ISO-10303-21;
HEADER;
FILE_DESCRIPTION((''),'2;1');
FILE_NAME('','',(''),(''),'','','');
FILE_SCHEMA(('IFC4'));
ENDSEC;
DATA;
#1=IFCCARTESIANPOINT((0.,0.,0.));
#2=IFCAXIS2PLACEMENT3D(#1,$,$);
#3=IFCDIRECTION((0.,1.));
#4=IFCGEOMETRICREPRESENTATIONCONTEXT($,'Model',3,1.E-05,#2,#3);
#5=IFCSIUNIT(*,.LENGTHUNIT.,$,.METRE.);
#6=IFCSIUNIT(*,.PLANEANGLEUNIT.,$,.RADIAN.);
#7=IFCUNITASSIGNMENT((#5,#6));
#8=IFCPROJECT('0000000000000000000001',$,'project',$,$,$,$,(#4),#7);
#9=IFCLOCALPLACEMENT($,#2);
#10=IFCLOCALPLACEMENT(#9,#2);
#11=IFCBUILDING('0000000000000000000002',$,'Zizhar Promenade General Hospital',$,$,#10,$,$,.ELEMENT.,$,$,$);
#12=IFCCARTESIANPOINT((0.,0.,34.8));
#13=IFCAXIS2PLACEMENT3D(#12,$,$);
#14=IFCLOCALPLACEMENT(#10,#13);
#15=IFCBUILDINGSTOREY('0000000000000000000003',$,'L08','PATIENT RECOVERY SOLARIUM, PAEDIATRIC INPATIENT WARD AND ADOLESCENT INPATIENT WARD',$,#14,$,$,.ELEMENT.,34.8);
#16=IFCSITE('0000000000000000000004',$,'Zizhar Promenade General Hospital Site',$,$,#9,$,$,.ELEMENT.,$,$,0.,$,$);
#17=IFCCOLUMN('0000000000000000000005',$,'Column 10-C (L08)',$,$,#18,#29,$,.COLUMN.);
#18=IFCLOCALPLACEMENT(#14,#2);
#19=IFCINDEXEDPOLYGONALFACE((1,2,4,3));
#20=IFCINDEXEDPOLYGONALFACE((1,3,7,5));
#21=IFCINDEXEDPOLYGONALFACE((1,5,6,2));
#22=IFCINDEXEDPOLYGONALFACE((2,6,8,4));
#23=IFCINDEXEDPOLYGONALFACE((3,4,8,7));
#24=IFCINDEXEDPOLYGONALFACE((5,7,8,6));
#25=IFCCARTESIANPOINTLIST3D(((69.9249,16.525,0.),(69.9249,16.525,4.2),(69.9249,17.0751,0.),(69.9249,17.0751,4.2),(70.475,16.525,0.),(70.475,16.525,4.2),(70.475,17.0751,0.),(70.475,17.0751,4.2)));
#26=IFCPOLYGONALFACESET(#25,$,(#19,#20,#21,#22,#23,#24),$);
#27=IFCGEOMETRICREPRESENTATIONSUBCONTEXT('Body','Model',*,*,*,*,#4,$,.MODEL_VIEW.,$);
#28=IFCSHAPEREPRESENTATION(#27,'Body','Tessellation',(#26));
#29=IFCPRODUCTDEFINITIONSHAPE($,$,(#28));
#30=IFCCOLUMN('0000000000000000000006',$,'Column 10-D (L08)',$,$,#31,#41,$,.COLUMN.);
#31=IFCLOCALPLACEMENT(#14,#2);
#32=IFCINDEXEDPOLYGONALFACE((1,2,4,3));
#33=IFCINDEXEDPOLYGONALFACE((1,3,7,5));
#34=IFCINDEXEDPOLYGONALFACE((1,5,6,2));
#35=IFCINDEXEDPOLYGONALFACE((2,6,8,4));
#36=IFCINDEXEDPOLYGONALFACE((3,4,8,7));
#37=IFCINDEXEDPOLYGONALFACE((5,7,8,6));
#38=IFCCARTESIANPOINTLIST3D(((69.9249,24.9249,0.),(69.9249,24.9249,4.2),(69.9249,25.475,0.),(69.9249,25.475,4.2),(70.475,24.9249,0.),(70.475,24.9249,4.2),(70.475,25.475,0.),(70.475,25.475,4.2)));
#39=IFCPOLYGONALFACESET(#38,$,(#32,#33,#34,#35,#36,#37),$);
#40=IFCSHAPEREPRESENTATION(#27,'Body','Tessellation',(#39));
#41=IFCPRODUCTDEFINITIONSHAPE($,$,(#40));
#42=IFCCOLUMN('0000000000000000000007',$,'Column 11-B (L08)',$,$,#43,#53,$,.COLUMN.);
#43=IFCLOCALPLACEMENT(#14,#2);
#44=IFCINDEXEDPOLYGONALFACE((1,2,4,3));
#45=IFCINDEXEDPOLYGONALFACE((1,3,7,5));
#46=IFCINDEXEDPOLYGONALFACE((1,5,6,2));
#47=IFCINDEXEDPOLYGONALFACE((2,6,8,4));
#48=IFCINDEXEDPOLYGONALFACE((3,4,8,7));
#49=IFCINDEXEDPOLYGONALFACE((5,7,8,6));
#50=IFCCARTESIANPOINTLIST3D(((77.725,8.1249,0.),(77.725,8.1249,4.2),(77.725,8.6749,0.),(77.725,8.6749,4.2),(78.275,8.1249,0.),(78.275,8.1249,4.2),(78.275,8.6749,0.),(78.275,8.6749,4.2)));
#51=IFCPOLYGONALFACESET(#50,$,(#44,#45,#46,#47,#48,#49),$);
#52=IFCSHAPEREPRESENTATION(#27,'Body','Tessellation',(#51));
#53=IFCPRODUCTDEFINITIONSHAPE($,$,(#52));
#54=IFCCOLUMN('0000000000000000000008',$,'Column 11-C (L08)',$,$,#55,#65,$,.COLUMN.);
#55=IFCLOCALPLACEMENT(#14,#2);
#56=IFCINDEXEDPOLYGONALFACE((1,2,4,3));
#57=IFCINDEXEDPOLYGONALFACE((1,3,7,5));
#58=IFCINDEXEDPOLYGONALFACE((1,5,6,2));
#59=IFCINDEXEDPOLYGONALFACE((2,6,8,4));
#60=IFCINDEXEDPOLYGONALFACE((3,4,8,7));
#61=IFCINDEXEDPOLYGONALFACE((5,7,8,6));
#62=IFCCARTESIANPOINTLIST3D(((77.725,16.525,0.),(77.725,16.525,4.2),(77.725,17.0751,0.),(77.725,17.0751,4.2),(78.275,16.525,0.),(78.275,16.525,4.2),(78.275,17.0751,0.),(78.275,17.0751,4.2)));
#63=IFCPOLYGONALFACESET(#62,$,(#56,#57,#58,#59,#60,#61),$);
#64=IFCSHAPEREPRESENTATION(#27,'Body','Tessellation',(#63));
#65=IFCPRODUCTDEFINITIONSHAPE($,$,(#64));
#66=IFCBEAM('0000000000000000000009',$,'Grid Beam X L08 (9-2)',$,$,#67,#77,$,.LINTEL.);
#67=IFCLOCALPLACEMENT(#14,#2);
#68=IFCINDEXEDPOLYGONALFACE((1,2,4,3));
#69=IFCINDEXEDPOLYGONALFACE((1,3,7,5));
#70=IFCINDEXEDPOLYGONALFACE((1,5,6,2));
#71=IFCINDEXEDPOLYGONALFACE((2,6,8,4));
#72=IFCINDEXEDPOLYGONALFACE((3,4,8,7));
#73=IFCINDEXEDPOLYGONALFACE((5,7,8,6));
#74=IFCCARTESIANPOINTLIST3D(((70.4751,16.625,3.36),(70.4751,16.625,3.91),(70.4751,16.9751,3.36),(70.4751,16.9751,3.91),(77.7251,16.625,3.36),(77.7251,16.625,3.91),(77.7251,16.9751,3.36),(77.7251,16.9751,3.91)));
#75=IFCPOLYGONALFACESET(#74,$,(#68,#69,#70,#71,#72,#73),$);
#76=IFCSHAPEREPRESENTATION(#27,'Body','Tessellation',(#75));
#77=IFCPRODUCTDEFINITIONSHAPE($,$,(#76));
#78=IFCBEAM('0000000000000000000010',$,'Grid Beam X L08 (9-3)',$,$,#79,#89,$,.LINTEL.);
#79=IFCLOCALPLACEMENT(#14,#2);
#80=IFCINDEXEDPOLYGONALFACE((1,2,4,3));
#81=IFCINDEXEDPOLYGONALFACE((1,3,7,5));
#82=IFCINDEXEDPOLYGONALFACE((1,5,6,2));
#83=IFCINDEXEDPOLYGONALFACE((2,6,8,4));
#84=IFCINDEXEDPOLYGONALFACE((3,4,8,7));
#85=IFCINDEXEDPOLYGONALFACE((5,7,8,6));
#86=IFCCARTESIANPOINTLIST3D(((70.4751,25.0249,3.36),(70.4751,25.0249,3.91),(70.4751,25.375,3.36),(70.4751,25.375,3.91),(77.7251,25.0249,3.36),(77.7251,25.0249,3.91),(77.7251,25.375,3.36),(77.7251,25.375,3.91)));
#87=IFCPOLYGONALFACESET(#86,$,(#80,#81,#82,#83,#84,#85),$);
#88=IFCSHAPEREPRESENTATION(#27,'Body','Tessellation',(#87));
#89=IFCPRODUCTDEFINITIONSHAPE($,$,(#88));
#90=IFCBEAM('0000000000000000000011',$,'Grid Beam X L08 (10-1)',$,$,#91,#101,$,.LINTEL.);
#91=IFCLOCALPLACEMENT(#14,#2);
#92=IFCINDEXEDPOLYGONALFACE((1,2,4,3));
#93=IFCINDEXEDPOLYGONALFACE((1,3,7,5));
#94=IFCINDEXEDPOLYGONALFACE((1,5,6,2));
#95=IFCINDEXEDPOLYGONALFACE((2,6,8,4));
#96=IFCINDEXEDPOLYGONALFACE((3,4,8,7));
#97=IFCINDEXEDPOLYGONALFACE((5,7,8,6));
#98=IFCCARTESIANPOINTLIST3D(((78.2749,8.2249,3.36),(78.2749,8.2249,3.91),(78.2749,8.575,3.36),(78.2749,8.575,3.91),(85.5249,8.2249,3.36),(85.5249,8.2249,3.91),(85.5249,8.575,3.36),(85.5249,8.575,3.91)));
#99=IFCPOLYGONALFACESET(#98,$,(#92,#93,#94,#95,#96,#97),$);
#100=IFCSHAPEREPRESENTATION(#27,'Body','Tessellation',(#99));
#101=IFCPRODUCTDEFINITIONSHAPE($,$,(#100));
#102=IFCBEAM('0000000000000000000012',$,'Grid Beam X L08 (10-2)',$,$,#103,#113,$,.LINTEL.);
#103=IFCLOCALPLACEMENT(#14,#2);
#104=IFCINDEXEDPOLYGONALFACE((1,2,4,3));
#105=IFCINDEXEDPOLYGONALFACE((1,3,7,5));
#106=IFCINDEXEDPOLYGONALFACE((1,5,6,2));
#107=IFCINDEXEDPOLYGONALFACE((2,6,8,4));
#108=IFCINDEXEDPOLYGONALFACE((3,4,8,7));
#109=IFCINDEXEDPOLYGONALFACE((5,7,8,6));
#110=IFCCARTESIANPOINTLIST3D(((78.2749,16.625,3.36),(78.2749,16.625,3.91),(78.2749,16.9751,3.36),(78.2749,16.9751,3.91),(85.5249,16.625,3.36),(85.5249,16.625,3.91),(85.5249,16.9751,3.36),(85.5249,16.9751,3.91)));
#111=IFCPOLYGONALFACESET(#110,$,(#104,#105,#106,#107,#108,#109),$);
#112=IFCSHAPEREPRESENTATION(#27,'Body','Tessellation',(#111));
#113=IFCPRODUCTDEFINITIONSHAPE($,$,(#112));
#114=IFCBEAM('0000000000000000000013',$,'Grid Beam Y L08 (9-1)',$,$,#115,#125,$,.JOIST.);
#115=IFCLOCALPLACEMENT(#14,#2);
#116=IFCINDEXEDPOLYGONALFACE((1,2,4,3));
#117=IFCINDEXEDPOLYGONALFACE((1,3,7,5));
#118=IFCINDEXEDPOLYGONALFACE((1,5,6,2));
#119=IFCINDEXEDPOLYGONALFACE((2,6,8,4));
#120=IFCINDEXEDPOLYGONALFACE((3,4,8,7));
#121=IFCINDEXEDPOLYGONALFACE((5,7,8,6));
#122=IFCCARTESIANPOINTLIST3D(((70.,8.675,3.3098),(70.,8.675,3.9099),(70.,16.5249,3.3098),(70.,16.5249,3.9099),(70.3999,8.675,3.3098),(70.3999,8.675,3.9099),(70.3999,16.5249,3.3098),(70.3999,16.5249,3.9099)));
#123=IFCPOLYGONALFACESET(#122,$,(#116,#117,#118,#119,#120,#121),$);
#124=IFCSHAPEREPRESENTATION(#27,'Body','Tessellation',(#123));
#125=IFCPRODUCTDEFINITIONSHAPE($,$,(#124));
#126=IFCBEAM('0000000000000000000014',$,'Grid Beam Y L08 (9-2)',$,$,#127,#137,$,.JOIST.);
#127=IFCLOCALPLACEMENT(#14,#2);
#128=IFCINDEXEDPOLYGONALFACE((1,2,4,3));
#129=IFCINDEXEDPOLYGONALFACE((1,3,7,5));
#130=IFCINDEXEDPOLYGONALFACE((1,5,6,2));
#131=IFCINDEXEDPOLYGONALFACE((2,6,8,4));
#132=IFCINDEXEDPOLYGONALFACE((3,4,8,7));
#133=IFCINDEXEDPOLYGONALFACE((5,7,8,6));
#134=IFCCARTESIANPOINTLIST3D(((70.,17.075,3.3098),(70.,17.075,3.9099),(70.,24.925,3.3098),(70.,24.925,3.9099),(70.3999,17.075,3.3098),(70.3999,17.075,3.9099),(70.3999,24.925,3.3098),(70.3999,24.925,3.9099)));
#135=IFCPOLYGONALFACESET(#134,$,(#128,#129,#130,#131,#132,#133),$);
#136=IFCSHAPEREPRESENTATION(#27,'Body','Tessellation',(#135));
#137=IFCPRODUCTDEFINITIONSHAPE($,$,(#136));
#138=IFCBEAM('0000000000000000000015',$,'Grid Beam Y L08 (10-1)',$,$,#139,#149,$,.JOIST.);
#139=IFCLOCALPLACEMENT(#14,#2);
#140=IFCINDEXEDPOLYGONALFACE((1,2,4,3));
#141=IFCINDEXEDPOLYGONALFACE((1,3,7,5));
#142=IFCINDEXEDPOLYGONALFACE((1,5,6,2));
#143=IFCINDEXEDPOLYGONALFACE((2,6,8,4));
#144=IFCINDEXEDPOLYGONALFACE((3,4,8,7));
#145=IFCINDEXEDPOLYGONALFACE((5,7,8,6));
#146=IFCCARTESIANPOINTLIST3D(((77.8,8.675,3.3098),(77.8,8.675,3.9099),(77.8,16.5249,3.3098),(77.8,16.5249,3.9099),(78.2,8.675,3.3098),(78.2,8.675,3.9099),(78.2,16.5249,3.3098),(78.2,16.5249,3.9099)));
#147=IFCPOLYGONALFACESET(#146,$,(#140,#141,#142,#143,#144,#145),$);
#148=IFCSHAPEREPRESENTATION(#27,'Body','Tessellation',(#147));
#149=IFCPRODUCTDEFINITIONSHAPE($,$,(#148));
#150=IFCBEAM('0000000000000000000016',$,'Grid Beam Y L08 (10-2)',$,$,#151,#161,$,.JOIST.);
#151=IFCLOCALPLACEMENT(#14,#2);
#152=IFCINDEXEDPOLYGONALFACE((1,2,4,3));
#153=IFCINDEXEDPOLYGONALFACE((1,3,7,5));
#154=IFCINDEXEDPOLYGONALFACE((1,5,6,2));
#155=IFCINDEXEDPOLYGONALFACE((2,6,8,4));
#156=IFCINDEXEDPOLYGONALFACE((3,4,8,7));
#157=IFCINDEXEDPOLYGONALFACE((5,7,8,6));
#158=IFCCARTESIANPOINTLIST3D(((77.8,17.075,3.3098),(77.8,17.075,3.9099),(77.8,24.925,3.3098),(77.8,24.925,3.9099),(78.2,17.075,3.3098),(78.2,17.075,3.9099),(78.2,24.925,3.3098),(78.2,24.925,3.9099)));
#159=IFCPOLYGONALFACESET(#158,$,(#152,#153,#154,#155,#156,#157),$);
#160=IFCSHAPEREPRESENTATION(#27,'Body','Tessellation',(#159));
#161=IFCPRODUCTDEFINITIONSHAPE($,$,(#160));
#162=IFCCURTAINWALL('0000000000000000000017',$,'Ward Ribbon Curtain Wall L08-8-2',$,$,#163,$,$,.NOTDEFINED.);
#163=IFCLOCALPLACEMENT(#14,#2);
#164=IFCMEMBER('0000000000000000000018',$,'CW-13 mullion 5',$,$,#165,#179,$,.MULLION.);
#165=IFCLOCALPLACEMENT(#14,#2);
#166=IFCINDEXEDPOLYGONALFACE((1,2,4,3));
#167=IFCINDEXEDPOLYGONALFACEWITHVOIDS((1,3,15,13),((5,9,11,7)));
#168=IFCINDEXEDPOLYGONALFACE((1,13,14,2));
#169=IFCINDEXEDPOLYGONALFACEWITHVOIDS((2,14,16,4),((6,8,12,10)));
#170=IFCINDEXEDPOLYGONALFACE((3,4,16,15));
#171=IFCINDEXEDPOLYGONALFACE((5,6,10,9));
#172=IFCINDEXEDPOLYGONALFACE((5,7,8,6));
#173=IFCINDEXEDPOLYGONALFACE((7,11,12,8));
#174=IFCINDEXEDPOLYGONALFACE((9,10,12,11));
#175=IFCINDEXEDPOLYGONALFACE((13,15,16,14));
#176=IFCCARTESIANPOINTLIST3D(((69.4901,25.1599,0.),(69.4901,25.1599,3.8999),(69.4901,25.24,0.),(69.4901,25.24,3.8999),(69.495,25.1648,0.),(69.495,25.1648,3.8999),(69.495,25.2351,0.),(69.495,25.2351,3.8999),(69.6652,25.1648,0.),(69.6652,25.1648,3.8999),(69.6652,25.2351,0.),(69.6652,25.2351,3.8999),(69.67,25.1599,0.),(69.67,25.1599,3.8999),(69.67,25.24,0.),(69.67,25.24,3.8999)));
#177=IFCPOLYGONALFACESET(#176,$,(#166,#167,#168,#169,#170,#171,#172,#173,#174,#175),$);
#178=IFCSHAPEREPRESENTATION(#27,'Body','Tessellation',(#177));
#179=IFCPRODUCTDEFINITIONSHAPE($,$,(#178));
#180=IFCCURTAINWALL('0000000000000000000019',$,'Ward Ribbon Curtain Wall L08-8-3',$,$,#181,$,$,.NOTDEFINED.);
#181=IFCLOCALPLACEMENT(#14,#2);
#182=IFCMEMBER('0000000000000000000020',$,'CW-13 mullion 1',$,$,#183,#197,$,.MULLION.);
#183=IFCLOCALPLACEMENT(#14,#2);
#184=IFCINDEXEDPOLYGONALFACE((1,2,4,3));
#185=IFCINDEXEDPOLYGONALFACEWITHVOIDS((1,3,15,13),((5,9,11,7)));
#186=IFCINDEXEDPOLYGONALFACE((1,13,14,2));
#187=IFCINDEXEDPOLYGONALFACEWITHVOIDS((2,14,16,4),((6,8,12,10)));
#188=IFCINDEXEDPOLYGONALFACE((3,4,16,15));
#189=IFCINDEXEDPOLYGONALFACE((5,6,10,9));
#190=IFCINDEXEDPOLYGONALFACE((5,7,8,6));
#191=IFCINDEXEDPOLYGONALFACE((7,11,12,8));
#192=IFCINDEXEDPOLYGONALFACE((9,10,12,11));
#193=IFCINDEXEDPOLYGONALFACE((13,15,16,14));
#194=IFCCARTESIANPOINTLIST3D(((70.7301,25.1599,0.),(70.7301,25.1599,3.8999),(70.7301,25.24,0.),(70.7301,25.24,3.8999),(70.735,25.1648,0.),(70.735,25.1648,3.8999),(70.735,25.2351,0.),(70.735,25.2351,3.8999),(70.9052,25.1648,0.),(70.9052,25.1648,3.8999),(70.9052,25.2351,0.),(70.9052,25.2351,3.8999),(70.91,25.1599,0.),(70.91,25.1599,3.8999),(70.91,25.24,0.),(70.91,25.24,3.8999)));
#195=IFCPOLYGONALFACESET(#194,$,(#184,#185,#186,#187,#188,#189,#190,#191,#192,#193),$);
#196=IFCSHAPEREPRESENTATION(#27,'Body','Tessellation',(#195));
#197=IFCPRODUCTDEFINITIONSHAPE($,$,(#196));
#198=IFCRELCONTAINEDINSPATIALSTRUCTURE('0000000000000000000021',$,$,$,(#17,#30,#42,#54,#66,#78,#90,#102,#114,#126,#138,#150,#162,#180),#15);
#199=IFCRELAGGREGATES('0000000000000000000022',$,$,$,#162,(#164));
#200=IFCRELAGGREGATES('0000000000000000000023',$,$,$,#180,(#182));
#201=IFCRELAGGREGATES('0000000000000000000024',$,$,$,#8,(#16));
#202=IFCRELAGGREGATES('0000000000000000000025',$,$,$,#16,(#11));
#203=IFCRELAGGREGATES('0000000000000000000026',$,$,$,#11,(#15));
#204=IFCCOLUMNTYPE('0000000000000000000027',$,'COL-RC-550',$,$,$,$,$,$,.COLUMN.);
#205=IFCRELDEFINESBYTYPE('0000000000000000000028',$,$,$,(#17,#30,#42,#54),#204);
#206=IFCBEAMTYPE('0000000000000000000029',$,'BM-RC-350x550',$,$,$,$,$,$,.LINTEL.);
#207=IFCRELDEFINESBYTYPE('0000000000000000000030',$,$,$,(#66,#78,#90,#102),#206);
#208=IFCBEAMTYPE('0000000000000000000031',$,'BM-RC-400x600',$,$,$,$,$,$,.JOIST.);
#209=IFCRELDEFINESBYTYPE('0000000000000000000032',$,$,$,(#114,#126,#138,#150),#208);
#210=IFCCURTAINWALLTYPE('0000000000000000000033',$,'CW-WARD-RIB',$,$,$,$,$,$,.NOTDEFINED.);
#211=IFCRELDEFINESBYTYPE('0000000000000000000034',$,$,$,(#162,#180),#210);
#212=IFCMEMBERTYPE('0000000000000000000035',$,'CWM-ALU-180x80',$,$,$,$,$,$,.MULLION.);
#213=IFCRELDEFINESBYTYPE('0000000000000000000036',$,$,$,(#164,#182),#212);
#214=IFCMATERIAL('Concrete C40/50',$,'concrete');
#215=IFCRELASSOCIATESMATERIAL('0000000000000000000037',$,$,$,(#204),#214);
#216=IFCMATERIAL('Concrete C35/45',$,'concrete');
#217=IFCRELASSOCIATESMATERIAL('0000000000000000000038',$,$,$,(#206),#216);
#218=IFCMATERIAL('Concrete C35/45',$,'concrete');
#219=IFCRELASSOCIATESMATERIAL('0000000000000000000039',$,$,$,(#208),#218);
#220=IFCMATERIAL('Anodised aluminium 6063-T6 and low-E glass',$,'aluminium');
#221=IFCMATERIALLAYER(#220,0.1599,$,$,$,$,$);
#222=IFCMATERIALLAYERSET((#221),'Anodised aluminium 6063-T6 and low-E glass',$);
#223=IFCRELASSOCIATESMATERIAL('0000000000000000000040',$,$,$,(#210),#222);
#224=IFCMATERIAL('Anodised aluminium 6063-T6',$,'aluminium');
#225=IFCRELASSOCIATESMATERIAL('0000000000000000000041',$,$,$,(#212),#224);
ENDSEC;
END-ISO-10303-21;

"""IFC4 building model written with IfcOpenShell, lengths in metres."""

from ifc_helpers import new_model, si_unit, direction, frame, origin, origin_2d, place, context, subcontext, project, spatial, rectangle, hollow_rectangle, extrude, material, layer, layer_set, material_profile, profile_set, type_object, element, aggregate, save


model = new_model("IFC4")

# Units and contexts
model_context = context("Model", 3, precision=1e-05, world=origin(), true_north=direction((0.0, 1.0)))
body_context = subcontext(model_context, "Body", "Model", "MODEL_VIEW")
ifc_project = project(units=[si_unit("LENGTHUNIT", "METRE"), si_unit("PLANEANGLEUNIT", "RADIAN")], contexts=[model_context])

# Site, building, storey
site_placement = place(None, origin())
site = spatial("IfcSite", under=ifc_project, at=site_placement, Name="Zizhar Promenade General Hospital Site", CompositionType="ELEMENT", RefElevation=0.0)
building_placement = place(site_placement, origin())
building = spatial("IfcBuilding", under=site, at=building_placement, Name="Zizhar Promenade General Hospital", CompositionType="ELEMENT")
storey_placement = place(building_placement, frame((0.0, 0.0, 34.8)))
storey = spatial("IfcBuildingStorey", under=building, at=storey_placement, Name="L08", Description="PATIENT RECOVERY SOLARIUM, PAEDIATRIC INPATIENT WARD AND ADOLESCENT INPATIENT WARD", CompositionType="ELEMENT", Elevation=34.8)

# Columns
ifc_material_1 = material(Name="Concrete C40/50", Category="concrete")
ifc_material_profile_1 = material_profile(ifc_material_1, rectangle(XDim=0.55, YDim=0.55, at=origin_2d()))
ifc_profile_set_1 = profile_set([ifc_material_profile_1], Name="Concrete C40/50")
column_type = type_object("IfcColumnType", Name="COL-RC-550", PredefinedType="COLUMN", material=ifc_profile_set_1)
for number, where, z_axis, x_axis, name in (
    (1, (70.2, 16.8, 0.0), (0.0, 0.0, 1.0), (1.0, 0.0, 0.0), "Column 10-C (L08)"),
    (2, (70.2, 25.2, 0.0), (0.0, 0.0, 1.0), (1.0, 0.0, 0.0), "Column 10-D (L08)"),
    (3, (78.0, 8.3999, 0.0), (0.0, 0.0, 1.0), (1.0, 0.0, 0.0), "Column 11-B (L08)"),
    (4, (78.0, 16.8, 0.0), (0.0, 0.0, 1.0), (1.0, 0.0, 0.0), "Column 11-C (L08)"),
):
    element("IfcColumn", number, at=place(storey_placement, frame(where, z_axis=z_axis, x_axis=x_axis)), inside=storey, type_object=column_type, Name=name, PredefinedType="COLUMN", context=body_context, shape_type="SweptSolid", body=[
        extrude(rectangle(XDim=0.55, YDim=0.55, at=origin_2d()), origin(), (0.0, 0.0, 1.0), 4.2),
    ])

# Beams
ifc_material_2 = material(Name="Concrete C35/45", Category="concrete")
ifc_material_profile_2 = material_profile(ifc_material_2, rectangle(XDim=0.3501, YDim=0.55, at=origin_2d()))
ifc_profile_set_2 = profile_set([ifc_material_profile_2], Name="Concrete C35/45")
beam_type_1 = type_object("IfcBeamType", Name="BM-RC-350x550", PredefinedType="LINTEL", material=ifc_profile_set_2)
for number, where, z_axis, x_axis, name in (
    (5, (70.4751, 16.8, 3.635), (1.0, 0.0, 0.0), (0.0, 1.0, 0.0), "Grid Beam X L08 (9-2)"),
    (6, (70.4751, 25.2, 3.635), (1.0, 0.0, 0.0), (0.0, 1.0, 0.0), "Grid Beam X L08 (9-3)"),
    (7, (78.2749, 8.3999, 3.635), (1.0, 0.0, 0.0), (0.0, 1.0, 0.0), "Grid Beam X L08 (10-1)"),
    (8, (78.2749, 16.8, 3.635), (1.0, 0.0, 0.0), (0.0, 1.0, 0.0), "Grid Beam X L08 (10-2)"),
):
    element("IfcBeam", number, at=place(storey_placement, frame(where, z_axis=z_axis, x_axis=x_axis)), inside=storey, type_object=beam_type_1, Name=name, PredefinedType="LINTEL", context=body_context, shape_type="SweptSolid", body=[
        extrude(rectangle(XDim=0.3501, YDim=0.55, at=origin_2d()), origin(), (0.0, 0.0, 1.0), 7.25),
    ])
ifc_material_3 = material(Name="Concrete C35/45", Category="concrete")
ifc_material_profile_3 = material_profile(ifc_material_3, rectangle(XDim=0.3999, YDim=0.6001, at=origin_2d()))
ifc_profile_set_3 = profile_set([ifc_material_profile_3], Name="Concrete C35/45")
beam_type_2 = type_object("IfcBeamType", Name="BM-RC-400x600", PredefinedType="JOIST", material=ifc_profile_set_3)
beam_1_placement = place(storey_placement, frame((70.2, 8.675, 3.6099), z_axis=(0.0, 1.0, 0.0), x_axis=(-1.0, 0.0, 0.0)))
element("IfcBeam", 9, at=beam_1_placement, inside=storey, type_object=beam_type_2, Name="Grid Beam Y L08 (9-1)", PredefinedType="JOIST", context=body_context, shape_type="SweptSolid", body=[
    extrude(rectangle(XDim=0.3999, YDim=0.6001, at=origin_2d()), origin(), (0.0, 0.0, 1.0), 7.8499),
])
beam_2_placement = place(storey_placement, frame((70.2, 17.075, 3.6099), z_axis=(0.0, 1.0, 0.0), x_axis=(-1.0, 0.0, 0.0)))
element("IfcBeam", 10, at=beam_2_placement, inside=storey, type_object=beam_type_2, Name="Grid Beam Y L08 (9-2)", PredefinedType="JOIST", context=body_context, shape_type="SweptSolid", body=[
    extrude(rectangle(XDim=0.3999, YDim=0.6001, at=origin_2d()), origin(), (0.0, 0.0, 1.0), 7.8501),
])
beam_3_placement = place(storey_placement, frame((78.0, 8.675, 3.6099), z_axis=(0.0, 1.0, 0.0), x_axis=(-1.0, 0.0, 0.0)))
element("IfcBeam", 11, at=beam_3_placement, inside=storey, type_object=beam_type_2, Name="Grid Beam Y L08 (10-1)", PredefinedType="JOIST", context=body_context, shape_type="SweptSolid", body=[
    extrude(rectangle(XDim=0.3999, YDim=0.6001, at=origin_2d()), origin(), (0.0, 0.0, 1.0), 7.8499),
])
beam_4_placement = place(storey_placement, frame((78.0, 17.075, 3.6099), z_axis=(0.0, 1.0, 0.0), x_axis=(-1.0, 0.0, 0.0)))
element("IfcBeam", 12, at=beam_4_placement, inside=storey, type_object=beam_type_2, Name="Grid Beam Y L08 (10-2)", PredefinedType="JOIST", context=body_context, shape_type="SweptSolid", body=[
    extrude(rectangle(XDim=0.3999, YDim=0.6001, at=origin_2d()), origin(), (0.0, 0.0, 1.0), 7.8501),
])

# Curtain wall, member
ifc_material_4 = material(Name="Anodised aluminium 6063-T6 and low-E glass", Category="aluminium")
ifc_layer_1 = layer(ifc_material_4, 0.1599)
ifc_layer_set_1 = layer_set([ifc_layer_1], Name="Anodised aluminium 6063-T6 and low-E glass")
curtain_wall_type = type_object("IfcCurtainWallType", Name="CW-WARD-RIB", PredefinedType="NOTDEFINED", material=ifc_layer_set_1)
curtain_wall_1_placement = place(storey_placement, origin())
curtain_wall_1 = element("IfcCurtainWall", 13, at=curtain_wall_1_placement, inside=storey, type_object=curtain_wall_type, Name="Ward Ribbon Curtain Wall L08-8-2", PredefinedType="NOTDEFINED")
ifc_material_5 = material(Name="Anodised aluminium 6063-T6", Category="aluminium")
ifc_material_profile_4 = material_profile(ifc_material_5, hollow_rectangle(XDim=0.0801, YDim=0.1799, WallThickness=0.0049, at=origin_2d()))
ifc_profile_set_4 = profile_set([ifc_material_profile_4], Name="Anodised aluminium 6063-T6")
member_type_1 = type_object("IfcMemberType", Name="CWM-ALU-180x80", PredefinedType="MULLION", material=ifc_profile_set_4)
member_1_placement = place(storey_placement, frame((69.5801, 25.2, 0.0), z_axis=(0.0, 0.0, 1.0), x_axis=(0.0, 1.0, 0.0)))
member_1 = element("IfcMember", 14, at=member_1_placement, type_object=member_type_1, Name="CW-13 mullion 5", PredefinedType="MULLION", context=body_context, shape_type="SweptSolid", body=[
    extrude(hollow_rectangle(XDim=0.0801, YDim=0.1799, WallThickness=0.0049, at=origin_2d()), origin(), (0.0, 0.0, 1.0), 3.8999),
])
aggregate(curtain_wall_1, [member_1])

# Curtain wall, member
curtain_wall_2_placement = place(storey_placement, origin())
curtain_wall_2 = element("IfcCurtainWall", 15, at=curtain_wall_2_placement, inside=storey, type_object=curtain_wall_type, Name="Ward Ribbon Curtain Wall L08-8-3", PredefinedType="NOTDEFINED")
member_2_placement = place(storey_placement, frame((70.8201, 25.2, 0.0), z_axis=(0.0, 0.0, 1.0), x_axis=(0.0, 1.0, 0.0)))
member_2 = element("IfcMember", 16, at=member_2_placement, type_object=member_type_1, Name="CW-13 mullion 1", PredefinedType="MULLION", context=body_context, shape_type="SweptSolid", body=[
    extrude(hollow_rectangle(XDim=0.0801, YDim=0.1799, WallThickness=0.0049, at=origin_2d()), origin(), (0.0, 0.0, 1.0), 3.8999),
])
aggregate(curtain_wall_2, [member_2])

save(model, "model.ifc")
